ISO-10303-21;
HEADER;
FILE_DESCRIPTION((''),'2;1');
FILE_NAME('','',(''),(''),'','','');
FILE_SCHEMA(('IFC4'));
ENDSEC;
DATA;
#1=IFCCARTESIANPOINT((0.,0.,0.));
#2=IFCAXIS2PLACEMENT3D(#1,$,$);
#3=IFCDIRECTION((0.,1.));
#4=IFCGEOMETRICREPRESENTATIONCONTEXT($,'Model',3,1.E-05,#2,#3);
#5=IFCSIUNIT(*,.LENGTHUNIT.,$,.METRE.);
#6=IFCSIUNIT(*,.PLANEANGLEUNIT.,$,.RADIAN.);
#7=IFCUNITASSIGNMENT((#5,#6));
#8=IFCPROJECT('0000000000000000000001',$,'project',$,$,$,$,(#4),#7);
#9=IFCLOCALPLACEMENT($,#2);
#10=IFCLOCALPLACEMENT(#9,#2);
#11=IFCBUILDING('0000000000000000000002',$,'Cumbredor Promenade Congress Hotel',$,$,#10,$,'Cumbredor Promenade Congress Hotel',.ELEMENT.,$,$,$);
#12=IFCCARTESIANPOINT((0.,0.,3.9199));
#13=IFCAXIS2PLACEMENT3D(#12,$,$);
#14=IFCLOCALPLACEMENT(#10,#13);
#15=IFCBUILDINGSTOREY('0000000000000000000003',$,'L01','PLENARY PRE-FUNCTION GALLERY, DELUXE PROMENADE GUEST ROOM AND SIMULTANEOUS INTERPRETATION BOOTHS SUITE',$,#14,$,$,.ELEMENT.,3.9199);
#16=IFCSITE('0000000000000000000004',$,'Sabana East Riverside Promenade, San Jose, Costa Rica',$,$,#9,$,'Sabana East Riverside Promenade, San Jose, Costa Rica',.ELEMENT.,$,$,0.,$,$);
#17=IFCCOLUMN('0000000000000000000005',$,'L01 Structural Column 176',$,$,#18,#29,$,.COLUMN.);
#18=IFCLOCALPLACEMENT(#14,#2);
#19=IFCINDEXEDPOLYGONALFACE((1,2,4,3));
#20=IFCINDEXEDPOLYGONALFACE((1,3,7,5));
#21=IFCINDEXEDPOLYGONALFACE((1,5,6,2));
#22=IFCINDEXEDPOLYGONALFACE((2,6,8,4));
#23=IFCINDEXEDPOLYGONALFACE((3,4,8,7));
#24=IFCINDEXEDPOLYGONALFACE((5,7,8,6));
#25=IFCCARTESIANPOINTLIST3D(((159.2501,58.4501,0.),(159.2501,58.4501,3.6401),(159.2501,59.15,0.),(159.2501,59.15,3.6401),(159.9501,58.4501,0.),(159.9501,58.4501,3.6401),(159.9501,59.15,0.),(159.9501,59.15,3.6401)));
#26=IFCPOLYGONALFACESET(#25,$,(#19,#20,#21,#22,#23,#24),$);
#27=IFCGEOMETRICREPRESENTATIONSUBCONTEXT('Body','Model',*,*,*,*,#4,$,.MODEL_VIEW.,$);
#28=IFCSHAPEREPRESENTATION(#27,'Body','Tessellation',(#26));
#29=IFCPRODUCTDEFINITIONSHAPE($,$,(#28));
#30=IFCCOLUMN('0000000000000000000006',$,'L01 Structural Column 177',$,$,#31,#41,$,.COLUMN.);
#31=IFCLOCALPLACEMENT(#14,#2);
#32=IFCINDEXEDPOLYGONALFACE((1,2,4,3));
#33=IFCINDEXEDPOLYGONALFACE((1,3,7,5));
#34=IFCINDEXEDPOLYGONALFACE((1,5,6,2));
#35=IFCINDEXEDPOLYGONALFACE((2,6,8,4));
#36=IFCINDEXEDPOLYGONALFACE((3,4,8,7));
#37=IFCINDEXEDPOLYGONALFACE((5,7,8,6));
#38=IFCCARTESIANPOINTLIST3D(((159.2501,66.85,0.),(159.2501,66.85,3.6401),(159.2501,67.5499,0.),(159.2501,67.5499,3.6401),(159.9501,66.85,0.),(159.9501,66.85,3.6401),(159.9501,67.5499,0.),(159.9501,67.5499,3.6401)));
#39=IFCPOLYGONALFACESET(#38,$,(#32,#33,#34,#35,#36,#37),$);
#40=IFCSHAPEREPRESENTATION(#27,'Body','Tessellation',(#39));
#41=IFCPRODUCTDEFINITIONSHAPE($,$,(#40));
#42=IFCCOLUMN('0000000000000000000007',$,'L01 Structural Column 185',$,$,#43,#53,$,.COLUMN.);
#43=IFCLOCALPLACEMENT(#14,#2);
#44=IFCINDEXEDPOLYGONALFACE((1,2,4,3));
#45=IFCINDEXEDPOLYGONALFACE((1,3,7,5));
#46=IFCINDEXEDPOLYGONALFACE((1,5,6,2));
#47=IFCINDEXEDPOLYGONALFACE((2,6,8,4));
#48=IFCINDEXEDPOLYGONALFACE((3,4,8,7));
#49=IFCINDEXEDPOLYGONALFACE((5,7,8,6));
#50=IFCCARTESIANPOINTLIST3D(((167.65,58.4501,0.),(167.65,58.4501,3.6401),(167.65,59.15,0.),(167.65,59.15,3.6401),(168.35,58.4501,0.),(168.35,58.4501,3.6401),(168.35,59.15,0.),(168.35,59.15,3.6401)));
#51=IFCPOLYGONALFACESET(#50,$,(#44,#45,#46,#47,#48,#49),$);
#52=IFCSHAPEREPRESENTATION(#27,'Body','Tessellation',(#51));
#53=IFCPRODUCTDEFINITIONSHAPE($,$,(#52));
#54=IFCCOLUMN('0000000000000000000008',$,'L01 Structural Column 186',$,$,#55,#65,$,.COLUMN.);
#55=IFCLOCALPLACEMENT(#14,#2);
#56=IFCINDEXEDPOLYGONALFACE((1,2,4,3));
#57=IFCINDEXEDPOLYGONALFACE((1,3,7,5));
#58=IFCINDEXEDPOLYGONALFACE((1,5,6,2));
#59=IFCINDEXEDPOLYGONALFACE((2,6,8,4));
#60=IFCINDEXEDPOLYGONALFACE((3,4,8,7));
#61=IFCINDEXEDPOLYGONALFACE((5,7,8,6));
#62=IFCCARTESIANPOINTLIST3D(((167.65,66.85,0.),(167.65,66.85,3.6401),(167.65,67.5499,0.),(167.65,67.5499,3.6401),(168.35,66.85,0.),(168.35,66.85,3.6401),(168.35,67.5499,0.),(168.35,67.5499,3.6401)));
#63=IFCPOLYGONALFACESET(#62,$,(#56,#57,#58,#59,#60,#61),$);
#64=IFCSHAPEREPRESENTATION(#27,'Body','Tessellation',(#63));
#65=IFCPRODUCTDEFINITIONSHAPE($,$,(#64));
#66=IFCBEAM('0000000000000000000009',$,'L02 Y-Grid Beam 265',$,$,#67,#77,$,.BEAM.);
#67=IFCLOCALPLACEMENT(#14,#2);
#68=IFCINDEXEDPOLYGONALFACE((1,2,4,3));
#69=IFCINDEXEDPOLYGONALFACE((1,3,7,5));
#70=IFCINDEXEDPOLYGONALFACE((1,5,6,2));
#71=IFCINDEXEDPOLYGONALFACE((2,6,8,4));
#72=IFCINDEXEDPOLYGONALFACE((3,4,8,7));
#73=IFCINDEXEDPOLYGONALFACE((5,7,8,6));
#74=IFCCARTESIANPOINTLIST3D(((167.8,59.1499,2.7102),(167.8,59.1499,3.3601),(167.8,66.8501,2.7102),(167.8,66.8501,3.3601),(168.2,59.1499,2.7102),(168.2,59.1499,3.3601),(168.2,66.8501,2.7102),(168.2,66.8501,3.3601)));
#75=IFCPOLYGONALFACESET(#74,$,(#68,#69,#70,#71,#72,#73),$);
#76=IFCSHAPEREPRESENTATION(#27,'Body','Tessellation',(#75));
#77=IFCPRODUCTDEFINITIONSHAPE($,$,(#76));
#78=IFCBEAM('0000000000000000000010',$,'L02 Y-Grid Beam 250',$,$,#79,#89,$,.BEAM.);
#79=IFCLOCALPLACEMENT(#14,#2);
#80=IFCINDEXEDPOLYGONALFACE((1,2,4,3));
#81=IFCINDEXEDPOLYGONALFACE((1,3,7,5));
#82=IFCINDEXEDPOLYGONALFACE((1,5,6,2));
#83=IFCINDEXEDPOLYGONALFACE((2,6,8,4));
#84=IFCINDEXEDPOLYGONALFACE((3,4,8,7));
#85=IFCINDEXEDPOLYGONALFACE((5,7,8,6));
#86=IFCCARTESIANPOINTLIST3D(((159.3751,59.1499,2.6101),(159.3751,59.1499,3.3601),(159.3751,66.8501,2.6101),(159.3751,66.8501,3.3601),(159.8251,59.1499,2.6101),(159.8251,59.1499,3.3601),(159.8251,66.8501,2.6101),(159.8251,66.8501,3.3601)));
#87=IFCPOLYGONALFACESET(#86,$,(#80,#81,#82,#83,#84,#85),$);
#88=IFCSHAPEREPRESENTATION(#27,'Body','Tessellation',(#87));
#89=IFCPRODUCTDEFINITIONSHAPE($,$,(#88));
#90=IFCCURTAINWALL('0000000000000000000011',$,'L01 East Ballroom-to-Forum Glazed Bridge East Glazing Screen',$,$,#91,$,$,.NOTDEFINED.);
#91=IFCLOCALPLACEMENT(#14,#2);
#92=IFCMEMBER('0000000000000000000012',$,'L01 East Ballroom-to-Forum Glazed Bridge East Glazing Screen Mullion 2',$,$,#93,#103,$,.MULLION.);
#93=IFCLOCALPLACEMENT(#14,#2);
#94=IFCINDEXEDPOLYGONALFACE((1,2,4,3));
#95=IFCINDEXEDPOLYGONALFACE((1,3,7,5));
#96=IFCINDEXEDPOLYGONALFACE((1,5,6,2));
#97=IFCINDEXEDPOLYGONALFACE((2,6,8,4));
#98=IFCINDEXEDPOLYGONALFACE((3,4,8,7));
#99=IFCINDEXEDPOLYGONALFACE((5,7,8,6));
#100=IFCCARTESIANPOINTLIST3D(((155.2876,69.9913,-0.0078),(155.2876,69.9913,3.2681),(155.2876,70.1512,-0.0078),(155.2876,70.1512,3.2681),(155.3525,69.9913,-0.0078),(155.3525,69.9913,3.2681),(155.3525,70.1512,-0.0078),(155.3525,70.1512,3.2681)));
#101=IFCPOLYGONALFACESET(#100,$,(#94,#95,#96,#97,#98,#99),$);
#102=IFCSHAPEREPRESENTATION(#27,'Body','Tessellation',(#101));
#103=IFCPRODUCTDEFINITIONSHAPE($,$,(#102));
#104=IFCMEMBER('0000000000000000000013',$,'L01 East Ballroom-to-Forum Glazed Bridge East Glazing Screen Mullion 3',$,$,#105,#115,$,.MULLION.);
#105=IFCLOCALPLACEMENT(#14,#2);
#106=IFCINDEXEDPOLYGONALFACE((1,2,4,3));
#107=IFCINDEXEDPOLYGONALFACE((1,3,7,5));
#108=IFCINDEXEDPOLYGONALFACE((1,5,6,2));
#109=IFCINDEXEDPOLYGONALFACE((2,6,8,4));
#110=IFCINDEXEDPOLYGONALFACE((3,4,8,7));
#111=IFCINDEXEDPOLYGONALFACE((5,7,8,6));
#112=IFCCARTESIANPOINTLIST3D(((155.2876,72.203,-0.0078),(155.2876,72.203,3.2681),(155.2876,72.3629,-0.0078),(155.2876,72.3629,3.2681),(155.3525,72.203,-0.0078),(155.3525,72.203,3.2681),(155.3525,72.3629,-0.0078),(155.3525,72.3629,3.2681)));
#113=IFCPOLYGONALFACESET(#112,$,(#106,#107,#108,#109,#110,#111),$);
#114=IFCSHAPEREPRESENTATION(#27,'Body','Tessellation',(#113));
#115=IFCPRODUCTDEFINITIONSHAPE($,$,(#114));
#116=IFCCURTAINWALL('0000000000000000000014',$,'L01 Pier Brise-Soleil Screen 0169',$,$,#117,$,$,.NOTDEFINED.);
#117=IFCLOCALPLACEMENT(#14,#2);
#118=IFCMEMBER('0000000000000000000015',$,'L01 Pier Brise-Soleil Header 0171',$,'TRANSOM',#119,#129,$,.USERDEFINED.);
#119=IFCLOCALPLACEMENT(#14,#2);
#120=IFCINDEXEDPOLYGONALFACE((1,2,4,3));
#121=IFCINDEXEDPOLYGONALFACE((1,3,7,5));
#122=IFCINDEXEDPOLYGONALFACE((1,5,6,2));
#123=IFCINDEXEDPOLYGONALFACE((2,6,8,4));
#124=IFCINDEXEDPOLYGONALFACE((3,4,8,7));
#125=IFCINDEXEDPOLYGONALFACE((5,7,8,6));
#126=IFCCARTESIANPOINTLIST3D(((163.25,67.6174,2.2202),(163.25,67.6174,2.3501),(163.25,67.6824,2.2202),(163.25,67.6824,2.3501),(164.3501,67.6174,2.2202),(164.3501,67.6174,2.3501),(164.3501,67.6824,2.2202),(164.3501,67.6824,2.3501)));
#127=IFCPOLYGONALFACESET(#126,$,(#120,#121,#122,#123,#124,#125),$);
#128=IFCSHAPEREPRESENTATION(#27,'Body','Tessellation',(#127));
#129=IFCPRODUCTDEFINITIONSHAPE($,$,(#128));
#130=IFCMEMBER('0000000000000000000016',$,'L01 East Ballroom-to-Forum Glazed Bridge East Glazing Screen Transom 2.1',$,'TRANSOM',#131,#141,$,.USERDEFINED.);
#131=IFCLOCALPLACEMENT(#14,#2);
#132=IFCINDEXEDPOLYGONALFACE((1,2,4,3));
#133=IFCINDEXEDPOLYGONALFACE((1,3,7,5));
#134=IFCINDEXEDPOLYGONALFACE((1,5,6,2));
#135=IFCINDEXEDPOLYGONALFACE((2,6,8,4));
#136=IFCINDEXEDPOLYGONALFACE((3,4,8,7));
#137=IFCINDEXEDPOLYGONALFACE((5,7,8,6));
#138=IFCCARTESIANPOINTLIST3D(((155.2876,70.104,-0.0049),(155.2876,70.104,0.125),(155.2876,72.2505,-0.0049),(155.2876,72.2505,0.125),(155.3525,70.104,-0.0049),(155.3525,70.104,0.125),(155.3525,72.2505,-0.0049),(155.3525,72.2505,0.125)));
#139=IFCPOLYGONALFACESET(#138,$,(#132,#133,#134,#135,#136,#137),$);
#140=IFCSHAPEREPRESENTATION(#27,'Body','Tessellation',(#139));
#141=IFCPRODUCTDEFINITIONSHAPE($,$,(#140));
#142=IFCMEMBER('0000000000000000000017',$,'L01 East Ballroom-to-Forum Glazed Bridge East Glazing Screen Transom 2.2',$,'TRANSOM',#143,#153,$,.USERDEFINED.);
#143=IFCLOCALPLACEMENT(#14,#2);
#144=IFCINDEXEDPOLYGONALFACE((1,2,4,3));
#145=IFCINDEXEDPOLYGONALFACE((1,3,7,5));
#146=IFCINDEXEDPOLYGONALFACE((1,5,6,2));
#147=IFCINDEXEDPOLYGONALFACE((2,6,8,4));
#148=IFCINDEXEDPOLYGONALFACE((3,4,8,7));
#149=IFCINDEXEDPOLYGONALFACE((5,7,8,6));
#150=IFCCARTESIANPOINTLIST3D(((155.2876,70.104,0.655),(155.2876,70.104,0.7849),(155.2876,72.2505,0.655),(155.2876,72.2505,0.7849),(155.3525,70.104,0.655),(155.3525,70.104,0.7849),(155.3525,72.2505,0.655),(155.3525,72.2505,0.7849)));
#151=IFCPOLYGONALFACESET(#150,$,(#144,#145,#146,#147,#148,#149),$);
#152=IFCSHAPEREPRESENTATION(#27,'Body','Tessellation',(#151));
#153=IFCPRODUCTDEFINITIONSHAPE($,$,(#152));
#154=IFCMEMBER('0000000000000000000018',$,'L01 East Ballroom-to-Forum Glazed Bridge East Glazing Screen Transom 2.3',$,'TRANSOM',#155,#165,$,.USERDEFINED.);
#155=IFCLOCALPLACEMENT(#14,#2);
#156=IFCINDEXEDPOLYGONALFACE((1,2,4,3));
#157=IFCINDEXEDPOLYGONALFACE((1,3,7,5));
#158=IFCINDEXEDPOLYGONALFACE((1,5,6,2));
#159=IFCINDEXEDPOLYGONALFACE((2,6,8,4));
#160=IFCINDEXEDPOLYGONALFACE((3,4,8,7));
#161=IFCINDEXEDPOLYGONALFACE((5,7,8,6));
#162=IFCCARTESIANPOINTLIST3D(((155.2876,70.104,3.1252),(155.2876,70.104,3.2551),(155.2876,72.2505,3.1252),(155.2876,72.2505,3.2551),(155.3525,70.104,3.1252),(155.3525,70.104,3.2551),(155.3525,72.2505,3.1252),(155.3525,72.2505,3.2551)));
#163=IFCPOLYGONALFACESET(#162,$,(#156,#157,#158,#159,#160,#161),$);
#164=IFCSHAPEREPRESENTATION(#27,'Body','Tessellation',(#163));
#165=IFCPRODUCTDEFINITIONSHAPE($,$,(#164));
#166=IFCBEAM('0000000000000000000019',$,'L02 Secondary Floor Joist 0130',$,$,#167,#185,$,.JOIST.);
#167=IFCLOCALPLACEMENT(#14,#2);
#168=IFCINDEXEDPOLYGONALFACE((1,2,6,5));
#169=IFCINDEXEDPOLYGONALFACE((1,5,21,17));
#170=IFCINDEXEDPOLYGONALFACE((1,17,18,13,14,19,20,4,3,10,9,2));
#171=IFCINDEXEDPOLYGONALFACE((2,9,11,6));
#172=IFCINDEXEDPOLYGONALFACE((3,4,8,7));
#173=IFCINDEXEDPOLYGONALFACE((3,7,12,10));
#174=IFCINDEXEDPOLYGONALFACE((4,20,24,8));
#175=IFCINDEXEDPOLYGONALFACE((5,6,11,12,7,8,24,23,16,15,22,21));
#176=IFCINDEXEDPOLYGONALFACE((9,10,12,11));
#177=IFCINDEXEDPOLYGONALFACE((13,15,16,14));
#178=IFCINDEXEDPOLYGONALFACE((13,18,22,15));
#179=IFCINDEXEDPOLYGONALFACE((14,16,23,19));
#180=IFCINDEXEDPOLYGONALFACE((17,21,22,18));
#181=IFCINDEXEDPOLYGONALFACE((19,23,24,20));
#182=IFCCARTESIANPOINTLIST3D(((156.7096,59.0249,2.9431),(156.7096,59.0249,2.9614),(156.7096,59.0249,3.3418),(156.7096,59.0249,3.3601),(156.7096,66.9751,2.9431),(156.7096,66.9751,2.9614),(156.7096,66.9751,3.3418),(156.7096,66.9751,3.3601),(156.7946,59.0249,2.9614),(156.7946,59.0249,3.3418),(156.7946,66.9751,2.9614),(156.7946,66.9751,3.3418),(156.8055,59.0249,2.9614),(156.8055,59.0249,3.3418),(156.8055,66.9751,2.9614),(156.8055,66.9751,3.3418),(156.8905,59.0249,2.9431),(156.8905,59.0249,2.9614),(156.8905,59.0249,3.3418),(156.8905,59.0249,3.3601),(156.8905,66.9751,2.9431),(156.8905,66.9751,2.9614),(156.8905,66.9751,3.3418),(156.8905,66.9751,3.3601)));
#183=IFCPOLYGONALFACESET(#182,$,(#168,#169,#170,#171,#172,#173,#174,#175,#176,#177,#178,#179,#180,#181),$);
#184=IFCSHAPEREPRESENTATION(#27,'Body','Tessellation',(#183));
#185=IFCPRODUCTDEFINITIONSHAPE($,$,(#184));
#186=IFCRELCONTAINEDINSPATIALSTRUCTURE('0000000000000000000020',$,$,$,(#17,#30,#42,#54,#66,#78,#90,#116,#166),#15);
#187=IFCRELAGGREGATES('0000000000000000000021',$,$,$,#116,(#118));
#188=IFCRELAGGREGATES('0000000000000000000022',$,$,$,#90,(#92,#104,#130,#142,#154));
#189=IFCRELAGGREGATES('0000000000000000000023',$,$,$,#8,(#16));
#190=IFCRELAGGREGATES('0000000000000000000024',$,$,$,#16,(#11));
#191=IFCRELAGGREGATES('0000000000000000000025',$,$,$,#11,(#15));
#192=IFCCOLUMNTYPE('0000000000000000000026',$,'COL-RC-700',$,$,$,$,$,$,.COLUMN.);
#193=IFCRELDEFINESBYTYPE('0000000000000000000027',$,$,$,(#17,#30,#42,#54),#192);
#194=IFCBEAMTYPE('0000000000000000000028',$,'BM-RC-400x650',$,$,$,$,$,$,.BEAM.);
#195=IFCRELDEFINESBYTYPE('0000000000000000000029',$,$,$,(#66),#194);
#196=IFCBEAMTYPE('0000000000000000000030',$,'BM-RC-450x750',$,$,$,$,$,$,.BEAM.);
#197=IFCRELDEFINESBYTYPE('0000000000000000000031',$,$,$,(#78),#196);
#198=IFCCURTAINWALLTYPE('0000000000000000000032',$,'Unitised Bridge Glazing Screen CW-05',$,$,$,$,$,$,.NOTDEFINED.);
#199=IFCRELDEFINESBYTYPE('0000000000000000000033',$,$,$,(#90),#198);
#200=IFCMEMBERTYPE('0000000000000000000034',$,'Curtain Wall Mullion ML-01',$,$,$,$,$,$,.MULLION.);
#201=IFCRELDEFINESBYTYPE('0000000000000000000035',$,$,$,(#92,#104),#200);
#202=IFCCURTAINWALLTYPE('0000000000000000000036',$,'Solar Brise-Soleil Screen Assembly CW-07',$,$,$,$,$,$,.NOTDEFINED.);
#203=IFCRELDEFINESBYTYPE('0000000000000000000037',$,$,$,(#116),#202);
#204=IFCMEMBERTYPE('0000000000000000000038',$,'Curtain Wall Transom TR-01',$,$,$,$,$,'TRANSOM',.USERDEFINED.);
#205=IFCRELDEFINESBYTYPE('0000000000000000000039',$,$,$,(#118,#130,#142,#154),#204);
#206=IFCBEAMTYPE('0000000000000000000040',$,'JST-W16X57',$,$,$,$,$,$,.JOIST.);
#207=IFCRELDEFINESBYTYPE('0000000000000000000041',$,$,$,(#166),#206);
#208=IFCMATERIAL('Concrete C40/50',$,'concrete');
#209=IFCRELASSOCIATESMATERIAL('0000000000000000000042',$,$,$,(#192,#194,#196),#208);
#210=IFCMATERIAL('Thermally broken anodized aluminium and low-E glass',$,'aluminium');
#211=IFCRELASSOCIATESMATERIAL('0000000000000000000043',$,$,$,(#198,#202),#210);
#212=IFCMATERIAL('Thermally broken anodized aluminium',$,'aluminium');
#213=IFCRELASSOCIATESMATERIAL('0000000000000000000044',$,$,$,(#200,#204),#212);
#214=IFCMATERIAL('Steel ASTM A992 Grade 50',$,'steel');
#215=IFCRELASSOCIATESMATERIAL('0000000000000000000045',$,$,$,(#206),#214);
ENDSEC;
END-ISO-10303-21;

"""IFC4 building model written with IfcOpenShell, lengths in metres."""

from ifc_helpers import new_model, si_unit, direction, frame, origin, origin_2d, place, context, subcontext, project, spatial, rectangle, i_section, extrude, material, material_profile, profile_set, type_object, element, aggregate, save


model = new_model("IFC4")

# Units and contexts
model_context = context("Model", 3, precision=1e-05, world=origin(), true_north=direction((0.0, 1.0)))
body_context = subcontext(model_context, "Body", "Model", "MODEL_VIEW")
ifc_project = project(units=[si_unit("LENGTHUNIT", "METRE"), si_unit("PLANEANGLEUNIT", "RADIAN")], contexts=[model_context])

# Site, building, storey
site_placement = place(None, origin())
site = spatial("IfcSite", under=ifc_project, at=site_placement, Name="Sabana East Riverside Promenade, San Jose, Costa Rica", LongName="Sabana East Riverside Promenade, San Jose, Costa Rica", CompositionType="ELEMENT", RefElevation=0.0)
building_placement = place(site_placement, origin())
building = spatial("IfcBuilding", under=site, at=building_placement, Name="Cumbredor Promenade Congress Hotel", LongName="Cumbredor Promenade Congress Hotel", CompositionType="ELEMENT")
storey_placement = place(building_placement, frame((0.0, 0.0, 3.9199)))
storey = spatial("IfcBuildingStorey", under=building, at=storey_placement, Name="L01", Description="PLENARY PRE-FUNCTION GALLERY, DELUXE PROMENADE GUEST ROOM AND SIMULTANEOUS INTERPRETATION BOOTHS SUITE", CompositionType="ELEMENT", Elevation=3.9199)

# Columns
ifc_material_1 = material(Name="Concrete C40/50", Category="concrete")
ifc_material_profile_1 = material_profile(ifc_material_1, rectangle(XDim=0.7, YDim=0.7, at=origin_2d()), Name="RC 700x700")
ifc_profile_set_1 = profile_set([ifc_material_profile_1], Name="Concrete C40/50")
column_type = type_object("IfcColumnType", Name="COL-RC-700", PredefinedType="COLUMN", material=ifc_profile_set_1)
for number, where, z_axis, x_axis, name in (
    (1, (159.6001, 58.8, 0.0), (0.0, 0.0, 1.0), (1.0, 0.0, 0.0), "L01 Structural Column 176"),
    (2, (159.6001, 67.2, 0.0), (0.0, 0.0, 1.0), (1.0, 0.0, 0.0), "L01 Structural Column 177"),
    (3, (168.0, 58.8, 0.0), (0.0, 0.0, 1.0), (1.0, 0.0, 0.0), "L01 Structural Column 185"),
    (4, (168.0, 67.2, 0.0), (0.0, 0.0, 1.0), (1.0, 0.0, 0.0), "L01 Structural Column 186"),
):
    element("IfcColumn", number, at=place(storey_placement, frame(where, z_axis=z_axis, x_axis=x_axis)), inside=storey, type_object=column_type, Name=name, PredefinedType="COLUMN", context=body_context, shape_type="SweptSolid", body=[
        extrude(rectangle(XDim=0.7, YDim=0.7, at=origin_2d()), origin(), (0.0, 0.0, 1.0), 3.6401),
    ])

# Beams
ifc_material_profile_2 = material_profile(ifc_material_1, rectangle(XDim=0.3999, YDim=0.6499, at=origin_2d()), Name="RC BEAM 400x650")
ifc_profile_set_2 = profile_set([ifc_material_profile_2], Name="Concrete C40/50")
beam_type_1 = type_object("IfcBeamType", Name="BM-RC-400x650", PredefinedType="BEAM", material=ifc_profile_set_2)
beam_1_placement = place(storey_placement, frame((168.0, 59.1499, 3.0352), z_axis=(0.0, 1.0, 0.0), x_axis=(-1.0, 0.0, 0.0)))
element("IfcBeam", 5, at=beam_1_placement, inside=storey, type_object=beam_type_1, Name="L02 Y-Grid Beam 265", PredefinedType="BEAM", context=body_context, shape_type="SweptSolid", body=[
    extrude(rectangle(XDim=0.3999, YDim=0.6499, at=origin_2d()), origin(), (0.0, 0.0, 1.0), 7.7002),
])
ifc_material_profile_3 = material_profile(ifc_material_1, rectangle(XDim=0.45, YDim=0.75, at=origin_2d()), Name="RC BEAM 450x750")
ifc_profile_set_3 = profile_set([ifc_material_profile_3], Name="Concrete C40/50")
beam_type_2 = type_object("IfcBeamType", Name="BM-RC-450x750", PredefinedType="BEAM", material=ifc_profile_set_3)
beam_2_placement = place(storey_placement, frame((159.6001, 59.1499, 2.9851), z_axis=(0.0, 1.0, 0.0), x_axis=(-1.0, 0.0, 0.0)))
element("IfcBeam", 6, at=beam_2_placement, inside=storey, type_object=beam_type_2, Name="L02 Y-Grid Beam 250", PredefinedType="BEAM", context=body_context, shape_type="SweptSolid", body=[
    extrude(rectangle(XDim=0.45, YDim=0.75, at=origin_2d()), origin(), (0.0, 0.0, 1.0), 7.7002),
])

# Curtain wall, members
ifc_material_2 = material(Name="Thermally broken anodized aluminium and low-E glass", Category="aluminium")
curtain_wall_type_1 = type_object("IfcCurtainWallType", Name="Unitised Bridge Glazing Screen CW-05", PredefinedType="NOTDEFINED", material=ifc_material_2)
curtain_wall_1_placement = place(storey_placement, origin())
curtain_wall_1 = element("IfcCurtainWall", 7, at=curtain_wall_1_placement, inside=storey, type_object=curtain_wall_type_1, Name="L01 East Ballroom-to-Forum Glazed Bridge East Glazing Screen", PredefinedType="NOTDEFINED")
ifc_material_3 = material(Name="Thermally broken anodized aluminium", Category="aluminium")
ifc_material_profile_4 = material_profile(ifc_material_3, rectangle(XDim=0.0649, YDim=0.1599, at=origin_2d()), Name="ALU MULLION 65x160")
ifc_profile_set_4 = profile_set([ifc_material_profile_4], Name="Thermally broken anodized aluminium")
member_type_1 = type_object("IfcMemberType", Name="Curtain Wall Mullion ML-01", PredefinedType="MULLION", material=ifc_profile_set_4)
member_1_placement = place(storey_placement, frame((155.3201, 70.0713, -0.0078), z_axis=(0.0, 0.0, 1.0), x_axis=(1.0, 0.0, 0.0)))
member_1 = element("IfcMember", 8, at=member_1_placement, type_object=member_type_1, Name="L01 East Ballroom-to-Forum Glazed Bridge East Glazing Screen Mullion 2", PredefinedType="MULLION", context=body_context, shape_type="SweptSolid", body=[
    extrude(rectangle(XDim=0.0649, YDim=0.1599, at=origin_2d()), origin(), (0.0, 0.0, 1.0), 3.2759),
])
member_2_placement = place(storey_placement, frame((155.3201, 72.283, -0.0078), z_axis=(0.0, 0.0, 1.0), x_axis=(1.0, 0.0, 0.0)))
member_2 = element("IfcMember", 9, at=member_2_placement, type_object=member_type_1, Name="L01 East Ballroom-to-Forum Glazed Bridge East Glazing Screen Mullion 3", PredefinedType="MULLION", context=body_context, shape_type="SweptSolid", body=[
    extrude(rectangle(XDim=0.0649, YDim=0.1599, at=origin_2d()), origin(), (0.0, 0.0, 1.0), 3.2759),
])

# Curtain wall, member
curtain_wall_type_2 = type_object("IfcCurtainWallType", Name="Solar Brise-Soleil Screen Assembly CW-07", PredefinedType="NOTDEFINED", material=ifc_material_2)
curtain_wall_2_placement = place(storey_placement, origin())
curtain_wall_2 = element("IfcCurtainWall", 10, at=curtain_wall_2_placement, inside=storey, type_object=curtain_wall_type_2, Name="L01 Pier Brise-Soleil Screen 0169", PredefinedType="NOTDEFINED")
ifc_material_profile_5 = material_profile(ifc_material_3, rectangle(XDim=0.0649, YDim=0.1299, at=origin_2d()), Name="ALU TRANSOM 65x130")
ifc_profile_set_5 = profile_set([ifc_material_profile_5], Name="Thermally broken anodized aluminium")
member_type_2 = type_object("IfcMemberType", Name="Curtain Wall Transom TR-01", ElementType="TRANSOM", PredefinedType="USERDEFINED", material=ifc_profile_set_5)
member_3_placement = place(storey_placement, frame((163.25, 67.6499, 2.2852), z_axis=(1.0, 0.0, 0.0), x_axis=(0.0, 1.0, 0.0)))
member_3 = element("IfcMember", 11, at=member_3_placement, type_object=member_type_2, Name="L01 Pier Brise-Soleil Header 0171", ObjectType="TRANSOM", PredefinedType="USERDEFINED", context=body_context, shape_type="SweptSolid", body=[
    extrude(rectangle(XDim=0.0649, YDim=0.1299, at=origin_2d()), origin(), (0.0, 0.0, 1.0), 1.1001),
])

# Members
member_4_placement = place(storey_placement, frame((155.3201, 70.104, 0.0601), z_axis=(0.0, 1.0, 0.0), x_axis=(-1.0, 0.0, 0.0)))
member_4 = element("IfcMember", 12, at=member_4_placement, type_object=member_type_2, Name="L01 East Ballroom-to-Forum Glazed Bridge East Glazing Screen Transom 2.1", ObjectType="TRANSOM", PredefinedType="USERDEFINED", context=body_context, shape_type="SweptSolid", body=[
    extrude(rectangle(XDim=0.0649, YDim=0.1299, at=origin_2d()), origin(), (0.0, 0.0, 1.0), 2.1465),
])
member_5_placement = place(storey_placement, frame((155.3201, 70.104, 0.72), z_axis=(0.0, 1.0, 0.0), x_axis=(-1.0, 0.0, 0.0)))
member_5 = element("IfcMember", 13, at=member_5_placement, type_object=member_type_2, Name="L01 East Ballroom-to-Forum Glazed Bridge East Glazing Screen Transom 2.2", ObjectType="TRANSOM", PredefinedType="USERDEFINED", context=body_context, shape_type="SweptSolid", body=[
    extrude(rectangle(XDim=0.0649, YDim=0.1299, at=origin_2d()), origin(), (0.0, 0.0, 1.0), 2.1465),
])
member_6_placement = place(storey_placement, frame((155.3201, 70.104, 3.1902), z_axis=(0.0, 1.0, 0.0), x_axis=(-1.0, 0.0, 0.0)))
member_6 = element("IfcMember", 14, at=member_6_placement, type_object=member_type_2, Name="L01 East Ballroom-to-Forum Glazed Bridge East Glazing Screen Transom 2.3", ObjectType="TRANSOM", PredefinedType="USERDEFINED", context=body_context, shape_type="SweptSolid", body=[
    extrude(rectangle(XDim=0.0649, YDim=0.1299, at=origin_2d()), origin(), (0.0, 0.0, 1.0), 2.1465),
])

# Beam
ifc_material_4 = material(Name="Steel ASTM A992 Grade 50", Category="steel")
ifc_material_profile_6 = material_profile(ifc_material_4, i_section(OverallWidth=0.1809, OverallDepth=0.417, WebThickness=0.011, FlangeThickness=0.0183, at=origin_2d()), Name="W16X57")
ifc_profile_set_6 = profile_set([ifc_material_profile_6], Name="Steel ASTM A992 Grade 50")
beam_type_3 = type_object("IfcBeamType", Name="JST-W16X57", PredefinedType="JOIST", material=ifc_profile_set_6)
beam_3_placement = place(storey_placement, frame((156.8, 59.0249, 3.1516), z_axis=(0.0, 1.0, 0.0), x_axis=(-1.0, 0.0, 0.0)))
element("IfcBeam", 15, at=beam_3_placement, inside=storey, type_object=beam_type_3, Name="L02 Secondary Floor Joist 0130", PredefinedType="JOIST", context=body_context, shape_type="SweptSolid", body=[
    extrude(i_section(OverallWidth=0.1809, OverallDepth=0.417, WebThickness=0.011, FlangeThickness=0.0183, at=origin_2d()), origin(), (0.0, 0.0, 1.0), 7.9502),
])

aggregate(curtain_wall_2, [member_3])

aggregate(curtain_wall_1, [member_1, member_2, member_4, member_5, member_6])

save(model, "model.ifc")
